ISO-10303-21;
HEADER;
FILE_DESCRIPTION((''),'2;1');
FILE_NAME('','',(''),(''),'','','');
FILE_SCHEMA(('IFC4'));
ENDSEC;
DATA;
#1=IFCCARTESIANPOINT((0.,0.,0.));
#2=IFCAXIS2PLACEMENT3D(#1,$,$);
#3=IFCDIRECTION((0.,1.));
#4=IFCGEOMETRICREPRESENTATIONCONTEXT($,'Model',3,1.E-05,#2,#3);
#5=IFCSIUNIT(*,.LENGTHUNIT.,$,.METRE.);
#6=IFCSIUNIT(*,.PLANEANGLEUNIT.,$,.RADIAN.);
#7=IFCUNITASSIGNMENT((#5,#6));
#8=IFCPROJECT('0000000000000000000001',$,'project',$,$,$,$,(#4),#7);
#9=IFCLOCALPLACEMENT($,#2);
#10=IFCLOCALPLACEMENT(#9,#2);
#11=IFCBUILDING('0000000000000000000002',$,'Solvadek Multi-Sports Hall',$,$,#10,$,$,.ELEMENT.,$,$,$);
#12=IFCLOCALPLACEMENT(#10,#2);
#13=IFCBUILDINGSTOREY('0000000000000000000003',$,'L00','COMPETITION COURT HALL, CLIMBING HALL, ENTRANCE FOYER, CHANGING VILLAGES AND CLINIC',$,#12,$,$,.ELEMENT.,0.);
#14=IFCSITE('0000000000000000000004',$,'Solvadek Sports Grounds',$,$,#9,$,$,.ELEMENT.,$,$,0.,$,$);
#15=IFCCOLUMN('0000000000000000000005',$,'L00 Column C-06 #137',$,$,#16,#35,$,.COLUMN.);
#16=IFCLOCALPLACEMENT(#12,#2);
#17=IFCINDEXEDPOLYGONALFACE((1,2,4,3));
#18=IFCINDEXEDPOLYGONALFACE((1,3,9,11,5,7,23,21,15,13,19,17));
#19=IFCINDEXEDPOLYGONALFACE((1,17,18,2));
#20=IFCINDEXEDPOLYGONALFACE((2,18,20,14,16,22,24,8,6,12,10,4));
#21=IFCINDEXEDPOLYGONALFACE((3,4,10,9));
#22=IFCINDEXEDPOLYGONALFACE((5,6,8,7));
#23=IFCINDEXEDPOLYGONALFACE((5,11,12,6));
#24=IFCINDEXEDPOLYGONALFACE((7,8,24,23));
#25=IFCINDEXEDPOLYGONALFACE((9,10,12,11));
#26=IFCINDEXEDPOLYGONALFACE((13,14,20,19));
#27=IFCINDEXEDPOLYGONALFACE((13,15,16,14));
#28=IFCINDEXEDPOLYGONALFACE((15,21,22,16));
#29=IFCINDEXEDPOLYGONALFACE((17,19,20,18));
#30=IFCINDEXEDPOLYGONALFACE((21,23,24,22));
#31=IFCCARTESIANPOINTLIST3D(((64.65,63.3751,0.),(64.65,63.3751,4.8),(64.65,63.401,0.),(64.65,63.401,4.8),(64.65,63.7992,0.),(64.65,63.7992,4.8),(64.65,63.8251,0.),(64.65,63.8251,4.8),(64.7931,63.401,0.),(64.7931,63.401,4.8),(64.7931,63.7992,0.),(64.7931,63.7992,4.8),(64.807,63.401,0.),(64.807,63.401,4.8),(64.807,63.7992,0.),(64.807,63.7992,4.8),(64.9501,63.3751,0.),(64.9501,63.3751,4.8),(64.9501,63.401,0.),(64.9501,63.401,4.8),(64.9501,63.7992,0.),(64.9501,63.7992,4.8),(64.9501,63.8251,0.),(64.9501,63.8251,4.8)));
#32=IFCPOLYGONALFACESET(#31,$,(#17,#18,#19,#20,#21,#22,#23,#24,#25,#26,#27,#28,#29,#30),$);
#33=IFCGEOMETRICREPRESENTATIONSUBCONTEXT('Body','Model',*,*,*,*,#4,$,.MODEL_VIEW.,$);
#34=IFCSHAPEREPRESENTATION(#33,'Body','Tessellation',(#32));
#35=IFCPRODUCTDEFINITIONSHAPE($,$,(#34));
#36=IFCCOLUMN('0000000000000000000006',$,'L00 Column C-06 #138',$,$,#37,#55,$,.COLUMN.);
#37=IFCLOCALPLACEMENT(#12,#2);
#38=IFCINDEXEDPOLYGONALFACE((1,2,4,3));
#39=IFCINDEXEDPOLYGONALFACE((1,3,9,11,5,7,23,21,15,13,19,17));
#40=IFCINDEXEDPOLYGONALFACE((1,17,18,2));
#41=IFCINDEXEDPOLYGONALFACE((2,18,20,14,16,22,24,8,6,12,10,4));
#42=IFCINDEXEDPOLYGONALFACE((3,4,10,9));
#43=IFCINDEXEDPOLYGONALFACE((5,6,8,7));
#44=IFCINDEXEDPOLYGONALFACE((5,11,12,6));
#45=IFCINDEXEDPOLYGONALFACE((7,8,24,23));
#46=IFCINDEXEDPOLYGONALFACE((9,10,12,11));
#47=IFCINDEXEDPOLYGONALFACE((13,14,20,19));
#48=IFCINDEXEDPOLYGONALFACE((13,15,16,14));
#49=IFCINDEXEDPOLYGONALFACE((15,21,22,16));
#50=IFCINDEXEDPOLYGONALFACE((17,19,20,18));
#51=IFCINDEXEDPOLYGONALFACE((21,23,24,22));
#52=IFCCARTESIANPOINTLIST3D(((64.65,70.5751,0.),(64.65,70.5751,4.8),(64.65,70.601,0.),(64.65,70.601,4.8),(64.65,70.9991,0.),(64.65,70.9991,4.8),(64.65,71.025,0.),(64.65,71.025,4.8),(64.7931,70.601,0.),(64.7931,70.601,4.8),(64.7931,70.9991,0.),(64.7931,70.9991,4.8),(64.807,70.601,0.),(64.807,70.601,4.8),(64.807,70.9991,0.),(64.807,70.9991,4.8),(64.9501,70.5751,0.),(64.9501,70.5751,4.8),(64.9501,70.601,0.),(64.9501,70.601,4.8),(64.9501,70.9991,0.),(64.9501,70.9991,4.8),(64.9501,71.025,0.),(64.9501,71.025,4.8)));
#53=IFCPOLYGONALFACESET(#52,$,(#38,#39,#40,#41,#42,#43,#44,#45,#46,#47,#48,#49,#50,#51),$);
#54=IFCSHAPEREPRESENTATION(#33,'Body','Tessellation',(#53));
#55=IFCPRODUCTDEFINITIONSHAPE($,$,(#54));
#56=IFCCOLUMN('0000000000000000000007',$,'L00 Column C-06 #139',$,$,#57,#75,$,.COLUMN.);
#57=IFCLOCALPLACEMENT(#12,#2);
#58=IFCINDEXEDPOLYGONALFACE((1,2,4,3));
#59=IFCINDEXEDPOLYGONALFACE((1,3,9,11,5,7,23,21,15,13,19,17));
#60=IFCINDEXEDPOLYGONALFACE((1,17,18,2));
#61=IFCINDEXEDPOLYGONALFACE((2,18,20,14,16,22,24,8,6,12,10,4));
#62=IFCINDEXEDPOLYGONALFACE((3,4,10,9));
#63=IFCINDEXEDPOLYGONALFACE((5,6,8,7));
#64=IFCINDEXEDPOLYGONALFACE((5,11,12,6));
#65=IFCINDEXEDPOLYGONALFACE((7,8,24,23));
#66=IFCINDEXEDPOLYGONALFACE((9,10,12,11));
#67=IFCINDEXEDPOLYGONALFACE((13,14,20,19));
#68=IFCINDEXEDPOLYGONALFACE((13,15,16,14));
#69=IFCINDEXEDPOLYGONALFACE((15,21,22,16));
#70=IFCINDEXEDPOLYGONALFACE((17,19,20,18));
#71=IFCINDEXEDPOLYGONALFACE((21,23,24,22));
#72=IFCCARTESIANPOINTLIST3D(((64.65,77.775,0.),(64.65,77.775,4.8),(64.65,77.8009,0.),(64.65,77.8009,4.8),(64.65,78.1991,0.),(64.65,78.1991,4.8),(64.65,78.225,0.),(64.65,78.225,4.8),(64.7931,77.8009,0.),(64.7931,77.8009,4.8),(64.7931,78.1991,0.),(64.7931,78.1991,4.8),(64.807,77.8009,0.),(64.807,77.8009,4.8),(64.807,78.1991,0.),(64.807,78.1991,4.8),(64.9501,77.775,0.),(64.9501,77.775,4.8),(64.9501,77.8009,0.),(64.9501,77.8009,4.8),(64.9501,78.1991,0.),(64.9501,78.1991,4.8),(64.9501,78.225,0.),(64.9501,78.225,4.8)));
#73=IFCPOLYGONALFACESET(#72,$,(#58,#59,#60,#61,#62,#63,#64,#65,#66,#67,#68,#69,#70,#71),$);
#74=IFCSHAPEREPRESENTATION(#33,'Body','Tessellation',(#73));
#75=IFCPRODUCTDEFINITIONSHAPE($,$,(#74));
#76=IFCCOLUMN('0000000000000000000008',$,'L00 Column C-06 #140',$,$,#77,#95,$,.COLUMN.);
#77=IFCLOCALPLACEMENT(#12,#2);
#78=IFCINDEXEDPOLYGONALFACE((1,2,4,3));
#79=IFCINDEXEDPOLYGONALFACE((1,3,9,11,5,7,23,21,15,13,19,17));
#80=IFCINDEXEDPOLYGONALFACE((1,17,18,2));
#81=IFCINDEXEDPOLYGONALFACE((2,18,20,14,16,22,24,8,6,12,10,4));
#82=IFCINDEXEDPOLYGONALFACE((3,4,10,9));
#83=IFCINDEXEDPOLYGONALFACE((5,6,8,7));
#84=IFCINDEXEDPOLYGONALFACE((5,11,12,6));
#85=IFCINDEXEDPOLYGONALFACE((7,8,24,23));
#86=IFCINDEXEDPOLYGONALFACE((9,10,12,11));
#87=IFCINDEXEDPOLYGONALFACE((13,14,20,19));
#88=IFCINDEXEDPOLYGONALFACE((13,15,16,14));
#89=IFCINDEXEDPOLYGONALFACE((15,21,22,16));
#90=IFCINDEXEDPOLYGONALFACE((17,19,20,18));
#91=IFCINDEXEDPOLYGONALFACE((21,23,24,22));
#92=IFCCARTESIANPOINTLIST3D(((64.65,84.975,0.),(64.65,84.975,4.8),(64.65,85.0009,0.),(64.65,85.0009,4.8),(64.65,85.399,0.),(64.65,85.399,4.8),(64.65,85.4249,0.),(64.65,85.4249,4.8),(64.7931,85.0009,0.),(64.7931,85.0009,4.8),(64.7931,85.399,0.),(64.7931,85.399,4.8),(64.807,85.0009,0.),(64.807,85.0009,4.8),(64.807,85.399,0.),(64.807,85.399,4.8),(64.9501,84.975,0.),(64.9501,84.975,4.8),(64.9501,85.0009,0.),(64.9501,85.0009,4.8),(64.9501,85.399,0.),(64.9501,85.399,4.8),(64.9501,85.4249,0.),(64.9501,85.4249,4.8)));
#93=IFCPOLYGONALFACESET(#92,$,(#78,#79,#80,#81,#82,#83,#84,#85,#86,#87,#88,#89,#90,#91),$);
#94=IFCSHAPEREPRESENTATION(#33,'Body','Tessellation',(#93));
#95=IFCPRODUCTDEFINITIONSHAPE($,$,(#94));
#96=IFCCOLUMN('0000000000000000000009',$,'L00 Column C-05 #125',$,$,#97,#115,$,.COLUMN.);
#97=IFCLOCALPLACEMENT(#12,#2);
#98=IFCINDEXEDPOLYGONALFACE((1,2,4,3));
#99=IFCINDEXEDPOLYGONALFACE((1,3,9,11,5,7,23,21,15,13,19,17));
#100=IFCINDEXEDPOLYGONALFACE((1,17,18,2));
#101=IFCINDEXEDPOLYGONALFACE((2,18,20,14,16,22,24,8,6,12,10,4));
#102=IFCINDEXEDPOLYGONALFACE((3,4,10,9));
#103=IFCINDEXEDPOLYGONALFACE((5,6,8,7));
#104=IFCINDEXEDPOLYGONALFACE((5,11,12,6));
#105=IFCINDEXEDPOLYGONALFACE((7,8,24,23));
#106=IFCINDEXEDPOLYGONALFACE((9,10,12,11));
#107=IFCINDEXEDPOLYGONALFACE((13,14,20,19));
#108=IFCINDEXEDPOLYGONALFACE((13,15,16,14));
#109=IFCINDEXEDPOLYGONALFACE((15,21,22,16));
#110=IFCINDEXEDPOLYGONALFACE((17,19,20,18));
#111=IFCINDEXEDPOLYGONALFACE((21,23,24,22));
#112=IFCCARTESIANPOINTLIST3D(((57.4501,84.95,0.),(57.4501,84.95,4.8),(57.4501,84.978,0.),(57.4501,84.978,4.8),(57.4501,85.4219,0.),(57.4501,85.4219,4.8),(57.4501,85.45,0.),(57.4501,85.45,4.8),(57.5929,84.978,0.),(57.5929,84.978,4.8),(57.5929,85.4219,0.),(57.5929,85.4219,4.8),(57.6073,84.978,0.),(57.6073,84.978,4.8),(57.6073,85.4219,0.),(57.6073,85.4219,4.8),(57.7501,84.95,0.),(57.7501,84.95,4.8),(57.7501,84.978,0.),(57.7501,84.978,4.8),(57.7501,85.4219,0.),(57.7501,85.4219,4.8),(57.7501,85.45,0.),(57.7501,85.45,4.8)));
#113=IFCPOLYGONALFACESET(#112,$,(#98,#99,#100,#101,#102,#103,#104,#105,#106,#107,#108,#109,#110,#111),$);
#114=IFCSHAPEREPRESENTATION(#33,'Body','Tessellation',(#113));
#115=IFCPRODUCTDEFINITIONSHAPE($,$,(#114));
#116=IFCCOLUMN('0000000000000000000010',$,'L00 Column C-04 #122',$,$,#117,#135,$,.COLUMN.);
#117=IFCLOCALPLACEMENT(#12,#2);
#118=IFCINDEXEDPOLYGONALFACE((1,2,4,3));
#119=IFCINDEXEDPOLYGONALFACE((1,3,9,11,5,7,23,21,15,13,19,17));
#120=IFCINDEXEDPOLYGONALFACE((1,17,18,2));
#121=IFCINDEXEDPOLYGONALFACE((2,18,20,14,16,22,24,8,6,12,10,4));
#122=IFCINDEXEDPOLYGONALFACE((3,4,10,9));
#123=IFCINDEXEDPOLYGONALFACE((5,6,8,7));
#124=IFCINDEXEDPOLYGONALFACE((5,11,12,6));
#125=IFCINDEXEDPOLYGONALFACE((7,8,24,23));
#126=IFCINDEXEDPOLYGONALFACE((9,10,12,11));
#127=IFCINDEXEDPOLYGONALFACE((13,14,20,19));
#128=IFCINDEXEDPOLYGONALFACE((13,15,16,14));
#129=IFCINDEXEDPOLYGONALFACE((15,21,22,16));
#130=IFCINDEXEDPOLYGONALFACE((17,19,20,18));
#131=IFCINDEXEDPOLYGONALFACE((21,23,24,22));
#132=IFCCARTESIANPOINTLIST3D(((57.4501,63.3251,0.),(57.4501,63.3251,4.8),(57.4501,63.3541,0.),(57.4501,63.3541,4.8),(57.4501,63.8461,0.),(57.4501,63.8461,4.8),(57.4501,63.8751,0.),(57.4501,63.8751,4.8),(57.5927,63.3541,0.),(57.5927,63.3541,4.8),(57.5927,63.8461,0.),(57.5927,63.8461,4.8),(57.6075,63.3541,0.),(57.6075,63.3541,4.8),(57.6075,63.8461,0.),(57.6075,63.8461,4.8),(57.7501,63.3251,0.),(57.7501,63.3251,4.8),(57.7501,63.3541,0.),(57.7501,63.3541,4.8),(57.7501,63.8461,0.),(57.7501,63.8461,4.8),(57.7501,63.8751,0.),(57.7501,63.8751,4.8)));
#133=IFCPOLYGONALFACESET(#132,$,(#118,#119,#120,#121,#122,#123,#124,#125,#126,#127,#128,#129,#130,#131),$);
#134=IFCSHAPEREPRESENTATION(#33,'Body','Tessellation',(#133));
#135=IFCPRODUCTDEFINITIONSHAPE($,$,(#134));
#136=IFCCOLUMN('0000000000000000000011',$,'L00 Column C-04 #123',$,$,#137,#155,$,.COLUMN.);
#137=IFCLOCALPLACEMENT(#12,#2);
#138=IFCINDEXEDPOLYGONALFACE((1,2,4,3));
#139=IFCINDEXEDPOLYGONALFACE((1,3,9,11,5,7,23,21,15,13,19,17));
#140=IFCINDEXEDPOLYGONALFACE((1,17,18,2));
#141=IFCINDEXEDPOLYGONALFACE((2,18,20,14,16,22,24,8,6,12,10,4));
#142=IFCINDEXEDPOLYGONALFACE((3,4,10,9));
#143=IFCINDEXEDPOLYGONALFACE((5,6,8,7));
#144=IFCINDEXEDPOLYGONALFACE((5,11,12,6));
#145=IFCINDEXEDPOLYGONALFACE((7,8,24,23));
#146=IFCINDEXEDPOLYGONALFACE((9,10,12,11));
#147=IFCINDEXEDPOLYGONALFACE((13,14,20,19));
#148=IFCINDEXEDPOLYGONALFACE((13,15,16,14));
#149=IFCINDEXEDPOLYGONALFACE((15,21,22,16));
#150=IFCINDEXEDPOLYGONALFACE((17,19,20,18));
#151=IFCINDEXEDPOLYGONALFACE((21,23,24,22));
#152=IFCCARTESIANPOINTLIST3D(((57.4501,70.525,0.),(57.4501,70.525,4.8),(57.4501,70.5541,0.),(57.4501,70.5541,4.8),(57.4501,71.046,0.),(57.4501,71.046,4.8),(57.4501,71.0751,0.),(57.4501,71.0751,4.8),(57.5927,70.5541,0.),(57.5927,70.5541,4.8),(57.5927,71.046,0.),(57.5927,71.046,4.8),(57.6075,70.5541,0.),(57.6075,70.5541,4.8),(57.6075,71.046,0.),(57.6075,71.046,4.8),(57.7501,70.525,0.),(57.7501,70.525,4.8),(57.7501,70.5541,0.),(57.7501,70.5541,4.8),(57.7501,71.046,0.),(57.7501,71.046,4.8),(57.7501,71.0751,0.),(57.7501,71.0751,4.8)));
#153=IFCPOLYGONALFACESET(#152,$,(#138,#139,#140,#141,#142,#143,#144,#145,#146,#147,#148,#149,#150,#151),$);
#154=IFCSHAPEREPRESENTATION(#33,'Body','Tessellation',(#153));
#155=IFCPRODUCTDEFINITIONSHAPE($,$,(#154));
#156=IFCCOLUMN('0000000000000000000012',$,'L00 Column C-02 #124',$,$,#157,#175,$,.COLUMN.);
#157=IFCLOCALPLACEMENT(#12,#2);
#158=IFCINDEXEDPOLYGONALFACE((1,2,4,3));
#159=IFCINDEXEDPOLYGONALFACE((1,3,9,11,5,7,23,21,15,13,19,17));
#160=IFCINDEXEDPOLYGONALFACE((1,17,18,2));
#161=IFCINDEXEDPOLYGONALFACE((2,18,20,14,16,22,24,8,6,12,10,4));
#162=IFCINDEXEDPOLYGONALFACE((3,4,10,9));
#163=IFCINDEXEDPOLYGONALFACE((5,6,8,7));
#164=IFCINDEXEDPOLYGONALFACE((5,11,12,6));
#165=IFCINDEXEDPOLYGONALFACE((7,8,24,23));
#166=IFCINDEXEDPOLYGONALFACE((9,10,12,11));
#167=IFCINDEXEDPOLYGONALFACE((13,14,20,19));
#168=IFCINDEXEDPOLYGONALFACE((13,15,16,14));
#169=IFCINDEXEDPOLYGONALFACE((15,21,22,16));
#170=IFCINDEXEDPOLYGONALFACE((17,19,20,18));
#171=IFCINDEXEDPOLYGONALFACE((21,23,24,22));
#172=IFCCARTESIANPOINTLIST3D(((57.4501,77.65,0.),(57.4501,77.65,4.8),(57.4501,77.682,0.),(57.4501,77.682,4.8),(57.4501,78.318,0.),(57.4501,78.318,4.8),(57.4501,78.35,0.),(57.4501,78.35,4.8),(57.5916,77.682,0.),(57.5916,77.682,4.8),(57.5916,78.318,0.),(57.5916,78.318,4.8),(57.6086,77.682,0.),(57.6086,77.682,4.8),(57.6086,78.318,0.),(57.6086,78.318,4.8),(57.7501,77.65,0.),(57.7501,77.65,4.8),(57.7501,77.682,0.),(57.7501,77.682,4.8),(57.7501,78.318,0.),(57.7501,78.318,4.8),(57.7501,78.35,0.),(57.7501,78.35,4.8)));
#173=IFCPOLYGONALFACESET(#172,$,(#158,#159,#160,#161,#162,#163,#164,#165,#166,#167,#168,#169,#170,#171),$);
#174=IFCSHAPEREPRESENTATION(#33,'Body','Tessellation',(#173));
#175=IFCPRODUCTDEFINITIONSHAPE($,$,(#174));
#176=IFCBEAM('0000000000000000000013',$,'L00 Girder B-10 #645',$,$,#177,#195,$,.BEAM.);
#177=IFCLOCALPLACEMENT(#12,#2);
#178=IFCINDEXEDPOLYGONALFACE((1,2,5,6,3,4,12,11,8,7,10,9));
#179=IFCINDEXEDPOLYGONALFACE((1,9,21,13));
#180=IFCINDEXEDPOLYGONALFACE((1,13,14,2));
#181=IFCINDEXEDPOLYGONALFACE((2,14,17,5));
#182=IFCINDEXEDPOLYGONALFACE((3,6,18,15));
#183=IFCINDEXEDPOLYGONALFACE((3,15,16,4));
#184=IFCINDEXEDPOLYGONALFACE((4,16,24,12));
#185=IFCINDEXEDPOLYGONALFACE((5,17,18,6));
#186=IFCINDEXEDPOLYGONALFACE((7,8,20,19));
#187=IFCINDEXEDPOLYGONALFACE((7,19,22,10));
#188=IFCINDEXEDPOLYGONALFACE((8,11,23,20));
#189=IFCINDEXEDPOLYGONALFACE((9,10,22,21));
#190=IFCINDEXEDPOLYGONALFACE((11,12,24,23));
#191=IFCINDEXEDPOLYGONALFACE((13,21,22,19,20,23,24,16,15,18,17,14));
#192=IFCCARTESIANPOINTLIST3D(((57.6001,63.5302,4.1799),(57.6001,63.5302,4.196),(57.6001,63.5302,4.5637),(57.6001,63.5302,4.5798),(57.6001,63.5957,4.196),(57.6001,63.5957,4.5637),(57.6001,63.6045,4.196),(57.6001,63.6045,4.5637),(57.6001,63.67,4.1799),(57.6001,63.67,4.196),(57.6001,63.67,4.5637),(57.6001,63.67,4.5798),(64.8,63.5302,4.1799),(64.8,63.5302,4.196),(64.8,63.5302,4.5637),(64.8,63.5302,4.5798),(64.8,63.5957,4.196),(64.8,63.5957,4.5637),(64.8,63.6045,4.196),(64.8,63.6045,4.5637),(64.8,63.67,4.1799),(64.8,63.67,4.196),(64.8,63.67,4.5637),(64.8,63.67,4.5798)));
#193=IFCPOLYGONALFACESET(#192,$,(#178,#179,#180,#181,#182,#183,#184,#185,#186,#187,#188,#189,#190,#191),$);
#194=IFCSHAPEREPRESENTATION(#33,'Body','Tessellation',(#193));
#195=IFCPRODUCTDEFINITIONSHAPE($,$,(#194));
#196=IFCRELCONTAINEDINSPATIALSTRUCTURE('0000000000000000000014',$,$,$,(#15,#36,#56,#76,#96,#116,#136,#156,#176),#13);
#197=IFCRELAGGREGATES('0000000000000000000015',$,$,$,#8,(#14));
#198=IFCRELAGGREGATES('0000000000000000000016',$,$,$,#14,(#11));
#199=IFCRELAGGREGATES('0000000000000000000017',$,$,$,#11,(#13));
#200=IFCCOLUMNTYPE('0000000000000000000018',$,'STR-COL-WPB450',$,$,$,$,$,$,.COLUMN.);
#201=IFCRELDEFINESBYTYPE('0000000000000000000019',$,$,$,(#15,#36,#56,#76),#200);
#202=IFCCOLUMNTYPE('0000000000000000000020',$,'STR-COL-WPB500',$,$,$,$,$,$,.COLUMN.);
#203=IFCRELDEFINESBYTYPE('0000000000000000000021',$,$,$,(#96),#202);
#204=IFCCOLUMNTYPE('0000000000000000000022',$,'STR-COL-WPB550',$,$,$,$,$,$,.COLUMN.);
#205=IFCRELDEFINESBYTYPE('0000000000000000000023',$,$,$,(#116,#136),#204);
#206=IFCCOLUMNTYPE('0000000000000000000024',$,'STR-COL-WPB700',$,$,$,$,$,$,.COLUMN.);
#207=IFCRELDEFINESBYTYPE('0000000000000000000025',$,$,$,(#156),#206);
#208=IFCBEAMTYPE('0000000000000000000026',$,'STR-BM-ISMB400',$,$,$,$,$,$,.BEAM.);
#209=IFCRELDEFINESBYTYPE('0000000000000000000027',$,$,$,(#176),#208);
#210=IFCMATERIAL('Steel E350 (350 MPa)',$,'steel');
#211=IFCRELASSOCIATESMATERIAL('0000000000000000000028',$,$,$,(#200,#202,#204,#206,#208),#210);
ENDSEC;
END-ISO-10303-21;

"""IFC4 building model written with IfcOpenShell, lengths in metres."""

from ifc_helpers import new_model, si_unit, direction, frame, origin, origin_2d, place, context, subcontext, project, spatial, i_section, extrude, material, material_profile, profile_set, type_object, element, save


model = new_model("IFC4")

# Units and contexts
model_context = context("Model", 3, precision=1e-05, world=origin(), true_north=direction((0.0, 1.0)))
body_context = subcontext(model_context, "Body", "Model", "MODEL_VIEW")
ifc_project = project(units=[si_unit("LENGTHUNIT", "METRE"), si_unit("PLANEANGLEUNIT", "RADIAN")], contexts=[model_context])

# Site, building, storey
site_placement = place(None, origin())
site = spatial("IfcSite", under=ifc_project, at=site_placement, Name="Solvadek Sports Grounds", CompositionType="ELEMENT", RefElevation=0.0)
building_placement = place(site_placement, origin())
building = spatial("IfcBuilding", under=site, at=building_placement, Name="Solvadek Multi-Sports Hall", CompositionType="ELEMENT")
storey_placement = place(building_placement, origin())
storey = spatial("IfcBuildingStorey", under=building, at=storey_placement, Name="L00", Description="COMPETITION COURT HALL, CLIMBING HALL, ENTRANCE FOYER, CHANGING VILLAGES AND CLINIC", CompositionType="ELEMENT", Elevation=0.0)

# Columns
ifc_material_1 = material(Name="Steel E350 (350 MPa)", Category="steel")
ifc_material_profile_1 = material_profile(ifc_material_1, i_section(OverallWidth=0.3, OverallDepth=0.45, WebThickness=0.0139, FlangeThickness=0.0259, at=origin_2d()), Name="WPB 450")
ifc_profile_set_1 = profile_set([ifc_material_profile_1], Name="Steel E350 (350 MPa)")
column_type_1 = type_object("IfcColumnType", Name="STR-COL-WPB450", PredefinedType="COLUMN", material=ifc_profile_set_1)
for number, where, z_axis, x_axis, name in (
    (1, (64.8, 63.6001, 0.0), (0.0, 0.0, 1.0), (1.0, 0.0, 0.0), "L00 Column C-06 #137"),
    (2, (64.8, 70.8, 0.0), (0.0, 0.0, 1.0), (1.0, 0.0, 0.0), "L00 Column C-06 #138"),
    (3, (64.8, 78.0, 0.0), (0.0, 0.0, 1.0), (1.0, 0.0, 0.0), "L00 Column C-06 #139"),
    (4, (64.8, 85.2, 0.0), (0.0, 0.0, 1.0), (1.0, 0.0, 0.0), "L00 Column C-06 #140"),
):
    element("IfcColumn", number, at=place(storey_placement, frame(where, z_axis=z_axis, x_axis=x_axis)), inside=storey, type_object=column_type_1, Name=name, PredefinedType="COLUMN", context=body_context, shape_type="SweptSolid", body=[
        extrude(i_section(OverallWidth=0.3, OverallDepth=0.45, WebThickness=0.0139, FlangeThickness=0.0259, at=origin_2d()), origin(), (0.0, 0.0, 1.0), 4.8),
    ])
ifc_material_profile_2 = material_profile(ifc_material_1, i_section(OverallWidth=0.3, OverallDepth=0.5, WebThickness=0.0144, FlangeThickness=0.0281, at=origin_2d()), Name="WPB 500")
ifc_profile_set_2 = profile_set([ifc_material_profile_2], Name="Steel E350 (350 MPa)")
column_type_2 = type_object("IfcColumnType", Name="STR-COL-WPB500", PredefinedType="COLUMN", material=ifc_profile_set_2)
column_1_placement = place(storey_placement, frame((57.6001, 85.2, 0.0), z_axis=(0.0, 0.0, 1.0), x_axis=(1.0, 0.0, 0.0)))
element("IfcColumn", 5, at=column_1_placement, inside=storey, type_object=column_type_2, Name="L00 Column C-05 #125", PredefinedType="COLUMN", context=body_context, shape_type="SweptSolid", body=[
    extrude(i_section(OverallWidth=0.3, OverallDepth=0.5, WebThickness=0.0144, FlangeThickness=0.0281, at=origin_2d()), origin(), (0.0, 0.0, 1.0), 4.8),
])
ifc_material_profile_3 = material_profile(ifc_material_1, i_section(OverallWidth=0.3, OverallDepth=0.55, WebThickness=0.0149, FlangeThickness=0.0291, at=origin_2d()), Name="WPB 550")
ifc_profile_set_3 = profile_set([ifc_material_profile_3], Name="Steel E350 (350 MPa)")
column_type_3 = type_object("IfcColumnType", Name="STR-COL-WPB550", PredefinedType="COLUMN", material=ifc_profile_set_3)
for number, where, z_axis, x_axis, name in (
    (6, (57.6001, 63.6001, 0.0), (0.0, 0.0, 1.0), (1.0, 0.0, 0.0), "L00 Column C-04 #122"),
    (7, (57.6001, 70.8, 0.0), (0.0, 0.0, 1.0), (1.0, 0.0, 0.0), "L00 Column C-04 #123"),
):
    element("IfcColumn", number, at=place(storey_placement, frame(where, z_axis=z_axis, x_axis=x_axis)), inside=storey, type_object=column_type_3, Name=name, PredefinedType="COLUMN", context=body_context, shape_type="SweptSolid", body=[
        extrude(i_section(OverallWidth=0.3, OverallDepth=0.55, WebThickness=0.0149, FlangeThickness=0.0291, at=origin_2d()), origin(), (0.0, 0.0, 1.0), 4.8),
    ])
ifc_material_profile_4 = material_profile(ifc_material_1, i_section(OverallWidth=0.3, OverallDepth=0.7, WebThickness=0.0171, FlangeThickness=0.032, at=origin_2d()), Name="WPB 700")
ifc_profile_set_4 = profile_set([ifc_material_profile_4], Name="Steel E350 (350 MPa)")
column_type_4 = type_object("IfcColumnType", Name="STR-COL-WPB700", PredefinedType="COLUMN", material=ifc_profile_set_4)
column_2_placement = place(storey_placement, frame((57.6001, 78.0, 0.0), z_axis=(0.0, 0.0, 1.0), x_axis=(1.0, 0.0, 0.0)))
element("IfcColumn", 8, at=column_2_placement, inside=storey, type_object=column_type_4, Name="L00 Column C-02 #124", PredefinedType="COLUMN", context=body_context, shape_type="SweptSolid", body=[
    extrude(i_section(OverallWidth=0.3, OverallDepth=0.7, WebThickness=0.0171, FlangeThickness=0.032, at=origin_2d()), origin(), (0.0, 0.0, 1.0), 4.8),
])

# Beam
ifc_material_profile_5 = material_profile(ifc_material_1, i_section(OverallWidth=0.1399, OverallDepth=0.3999, WebThickness=0.0088, FlangeThickness=0.0161, at=origin_2d()), Name="ISMB 400")
ifc_profile_set_5 = profile_set([ifc_material_profile_5], Name="Steel E350 (350 MPa)")
beam_type_1 = type_object("IfcBeamType", Name="STR-BM-ISMB400", PredefinedType="BEAM", material=ifc_profile_set_5)
for number, where, z_axis, x_axis, name in (
    (9, (57.6001, 63.6001, 4.3799), (1.0, 0.0, 0.0), (0.0, 1.0, 0.0), "L00 Girder B-10 #645"),
):
    element("IfcBeam", number, at=place(storey_placement, frame(where, z_axis=z_axis, x_axis=x_axis)), inside=storey, type_object=beam_type_1, Name=name, PredefinedType="BEAM", context=body_context, shape_type="SweptSolid", body=[
        extrude(i_section(OverallWidth=0.1399, OverallDepth=0.3999, WebThickness=0.0088, FlangeThickness=0.0161, at=origin_2d()), origin(), (0.0, 0.0, 1.0), 7.2),
    ])

save(model, "model.ifc")
